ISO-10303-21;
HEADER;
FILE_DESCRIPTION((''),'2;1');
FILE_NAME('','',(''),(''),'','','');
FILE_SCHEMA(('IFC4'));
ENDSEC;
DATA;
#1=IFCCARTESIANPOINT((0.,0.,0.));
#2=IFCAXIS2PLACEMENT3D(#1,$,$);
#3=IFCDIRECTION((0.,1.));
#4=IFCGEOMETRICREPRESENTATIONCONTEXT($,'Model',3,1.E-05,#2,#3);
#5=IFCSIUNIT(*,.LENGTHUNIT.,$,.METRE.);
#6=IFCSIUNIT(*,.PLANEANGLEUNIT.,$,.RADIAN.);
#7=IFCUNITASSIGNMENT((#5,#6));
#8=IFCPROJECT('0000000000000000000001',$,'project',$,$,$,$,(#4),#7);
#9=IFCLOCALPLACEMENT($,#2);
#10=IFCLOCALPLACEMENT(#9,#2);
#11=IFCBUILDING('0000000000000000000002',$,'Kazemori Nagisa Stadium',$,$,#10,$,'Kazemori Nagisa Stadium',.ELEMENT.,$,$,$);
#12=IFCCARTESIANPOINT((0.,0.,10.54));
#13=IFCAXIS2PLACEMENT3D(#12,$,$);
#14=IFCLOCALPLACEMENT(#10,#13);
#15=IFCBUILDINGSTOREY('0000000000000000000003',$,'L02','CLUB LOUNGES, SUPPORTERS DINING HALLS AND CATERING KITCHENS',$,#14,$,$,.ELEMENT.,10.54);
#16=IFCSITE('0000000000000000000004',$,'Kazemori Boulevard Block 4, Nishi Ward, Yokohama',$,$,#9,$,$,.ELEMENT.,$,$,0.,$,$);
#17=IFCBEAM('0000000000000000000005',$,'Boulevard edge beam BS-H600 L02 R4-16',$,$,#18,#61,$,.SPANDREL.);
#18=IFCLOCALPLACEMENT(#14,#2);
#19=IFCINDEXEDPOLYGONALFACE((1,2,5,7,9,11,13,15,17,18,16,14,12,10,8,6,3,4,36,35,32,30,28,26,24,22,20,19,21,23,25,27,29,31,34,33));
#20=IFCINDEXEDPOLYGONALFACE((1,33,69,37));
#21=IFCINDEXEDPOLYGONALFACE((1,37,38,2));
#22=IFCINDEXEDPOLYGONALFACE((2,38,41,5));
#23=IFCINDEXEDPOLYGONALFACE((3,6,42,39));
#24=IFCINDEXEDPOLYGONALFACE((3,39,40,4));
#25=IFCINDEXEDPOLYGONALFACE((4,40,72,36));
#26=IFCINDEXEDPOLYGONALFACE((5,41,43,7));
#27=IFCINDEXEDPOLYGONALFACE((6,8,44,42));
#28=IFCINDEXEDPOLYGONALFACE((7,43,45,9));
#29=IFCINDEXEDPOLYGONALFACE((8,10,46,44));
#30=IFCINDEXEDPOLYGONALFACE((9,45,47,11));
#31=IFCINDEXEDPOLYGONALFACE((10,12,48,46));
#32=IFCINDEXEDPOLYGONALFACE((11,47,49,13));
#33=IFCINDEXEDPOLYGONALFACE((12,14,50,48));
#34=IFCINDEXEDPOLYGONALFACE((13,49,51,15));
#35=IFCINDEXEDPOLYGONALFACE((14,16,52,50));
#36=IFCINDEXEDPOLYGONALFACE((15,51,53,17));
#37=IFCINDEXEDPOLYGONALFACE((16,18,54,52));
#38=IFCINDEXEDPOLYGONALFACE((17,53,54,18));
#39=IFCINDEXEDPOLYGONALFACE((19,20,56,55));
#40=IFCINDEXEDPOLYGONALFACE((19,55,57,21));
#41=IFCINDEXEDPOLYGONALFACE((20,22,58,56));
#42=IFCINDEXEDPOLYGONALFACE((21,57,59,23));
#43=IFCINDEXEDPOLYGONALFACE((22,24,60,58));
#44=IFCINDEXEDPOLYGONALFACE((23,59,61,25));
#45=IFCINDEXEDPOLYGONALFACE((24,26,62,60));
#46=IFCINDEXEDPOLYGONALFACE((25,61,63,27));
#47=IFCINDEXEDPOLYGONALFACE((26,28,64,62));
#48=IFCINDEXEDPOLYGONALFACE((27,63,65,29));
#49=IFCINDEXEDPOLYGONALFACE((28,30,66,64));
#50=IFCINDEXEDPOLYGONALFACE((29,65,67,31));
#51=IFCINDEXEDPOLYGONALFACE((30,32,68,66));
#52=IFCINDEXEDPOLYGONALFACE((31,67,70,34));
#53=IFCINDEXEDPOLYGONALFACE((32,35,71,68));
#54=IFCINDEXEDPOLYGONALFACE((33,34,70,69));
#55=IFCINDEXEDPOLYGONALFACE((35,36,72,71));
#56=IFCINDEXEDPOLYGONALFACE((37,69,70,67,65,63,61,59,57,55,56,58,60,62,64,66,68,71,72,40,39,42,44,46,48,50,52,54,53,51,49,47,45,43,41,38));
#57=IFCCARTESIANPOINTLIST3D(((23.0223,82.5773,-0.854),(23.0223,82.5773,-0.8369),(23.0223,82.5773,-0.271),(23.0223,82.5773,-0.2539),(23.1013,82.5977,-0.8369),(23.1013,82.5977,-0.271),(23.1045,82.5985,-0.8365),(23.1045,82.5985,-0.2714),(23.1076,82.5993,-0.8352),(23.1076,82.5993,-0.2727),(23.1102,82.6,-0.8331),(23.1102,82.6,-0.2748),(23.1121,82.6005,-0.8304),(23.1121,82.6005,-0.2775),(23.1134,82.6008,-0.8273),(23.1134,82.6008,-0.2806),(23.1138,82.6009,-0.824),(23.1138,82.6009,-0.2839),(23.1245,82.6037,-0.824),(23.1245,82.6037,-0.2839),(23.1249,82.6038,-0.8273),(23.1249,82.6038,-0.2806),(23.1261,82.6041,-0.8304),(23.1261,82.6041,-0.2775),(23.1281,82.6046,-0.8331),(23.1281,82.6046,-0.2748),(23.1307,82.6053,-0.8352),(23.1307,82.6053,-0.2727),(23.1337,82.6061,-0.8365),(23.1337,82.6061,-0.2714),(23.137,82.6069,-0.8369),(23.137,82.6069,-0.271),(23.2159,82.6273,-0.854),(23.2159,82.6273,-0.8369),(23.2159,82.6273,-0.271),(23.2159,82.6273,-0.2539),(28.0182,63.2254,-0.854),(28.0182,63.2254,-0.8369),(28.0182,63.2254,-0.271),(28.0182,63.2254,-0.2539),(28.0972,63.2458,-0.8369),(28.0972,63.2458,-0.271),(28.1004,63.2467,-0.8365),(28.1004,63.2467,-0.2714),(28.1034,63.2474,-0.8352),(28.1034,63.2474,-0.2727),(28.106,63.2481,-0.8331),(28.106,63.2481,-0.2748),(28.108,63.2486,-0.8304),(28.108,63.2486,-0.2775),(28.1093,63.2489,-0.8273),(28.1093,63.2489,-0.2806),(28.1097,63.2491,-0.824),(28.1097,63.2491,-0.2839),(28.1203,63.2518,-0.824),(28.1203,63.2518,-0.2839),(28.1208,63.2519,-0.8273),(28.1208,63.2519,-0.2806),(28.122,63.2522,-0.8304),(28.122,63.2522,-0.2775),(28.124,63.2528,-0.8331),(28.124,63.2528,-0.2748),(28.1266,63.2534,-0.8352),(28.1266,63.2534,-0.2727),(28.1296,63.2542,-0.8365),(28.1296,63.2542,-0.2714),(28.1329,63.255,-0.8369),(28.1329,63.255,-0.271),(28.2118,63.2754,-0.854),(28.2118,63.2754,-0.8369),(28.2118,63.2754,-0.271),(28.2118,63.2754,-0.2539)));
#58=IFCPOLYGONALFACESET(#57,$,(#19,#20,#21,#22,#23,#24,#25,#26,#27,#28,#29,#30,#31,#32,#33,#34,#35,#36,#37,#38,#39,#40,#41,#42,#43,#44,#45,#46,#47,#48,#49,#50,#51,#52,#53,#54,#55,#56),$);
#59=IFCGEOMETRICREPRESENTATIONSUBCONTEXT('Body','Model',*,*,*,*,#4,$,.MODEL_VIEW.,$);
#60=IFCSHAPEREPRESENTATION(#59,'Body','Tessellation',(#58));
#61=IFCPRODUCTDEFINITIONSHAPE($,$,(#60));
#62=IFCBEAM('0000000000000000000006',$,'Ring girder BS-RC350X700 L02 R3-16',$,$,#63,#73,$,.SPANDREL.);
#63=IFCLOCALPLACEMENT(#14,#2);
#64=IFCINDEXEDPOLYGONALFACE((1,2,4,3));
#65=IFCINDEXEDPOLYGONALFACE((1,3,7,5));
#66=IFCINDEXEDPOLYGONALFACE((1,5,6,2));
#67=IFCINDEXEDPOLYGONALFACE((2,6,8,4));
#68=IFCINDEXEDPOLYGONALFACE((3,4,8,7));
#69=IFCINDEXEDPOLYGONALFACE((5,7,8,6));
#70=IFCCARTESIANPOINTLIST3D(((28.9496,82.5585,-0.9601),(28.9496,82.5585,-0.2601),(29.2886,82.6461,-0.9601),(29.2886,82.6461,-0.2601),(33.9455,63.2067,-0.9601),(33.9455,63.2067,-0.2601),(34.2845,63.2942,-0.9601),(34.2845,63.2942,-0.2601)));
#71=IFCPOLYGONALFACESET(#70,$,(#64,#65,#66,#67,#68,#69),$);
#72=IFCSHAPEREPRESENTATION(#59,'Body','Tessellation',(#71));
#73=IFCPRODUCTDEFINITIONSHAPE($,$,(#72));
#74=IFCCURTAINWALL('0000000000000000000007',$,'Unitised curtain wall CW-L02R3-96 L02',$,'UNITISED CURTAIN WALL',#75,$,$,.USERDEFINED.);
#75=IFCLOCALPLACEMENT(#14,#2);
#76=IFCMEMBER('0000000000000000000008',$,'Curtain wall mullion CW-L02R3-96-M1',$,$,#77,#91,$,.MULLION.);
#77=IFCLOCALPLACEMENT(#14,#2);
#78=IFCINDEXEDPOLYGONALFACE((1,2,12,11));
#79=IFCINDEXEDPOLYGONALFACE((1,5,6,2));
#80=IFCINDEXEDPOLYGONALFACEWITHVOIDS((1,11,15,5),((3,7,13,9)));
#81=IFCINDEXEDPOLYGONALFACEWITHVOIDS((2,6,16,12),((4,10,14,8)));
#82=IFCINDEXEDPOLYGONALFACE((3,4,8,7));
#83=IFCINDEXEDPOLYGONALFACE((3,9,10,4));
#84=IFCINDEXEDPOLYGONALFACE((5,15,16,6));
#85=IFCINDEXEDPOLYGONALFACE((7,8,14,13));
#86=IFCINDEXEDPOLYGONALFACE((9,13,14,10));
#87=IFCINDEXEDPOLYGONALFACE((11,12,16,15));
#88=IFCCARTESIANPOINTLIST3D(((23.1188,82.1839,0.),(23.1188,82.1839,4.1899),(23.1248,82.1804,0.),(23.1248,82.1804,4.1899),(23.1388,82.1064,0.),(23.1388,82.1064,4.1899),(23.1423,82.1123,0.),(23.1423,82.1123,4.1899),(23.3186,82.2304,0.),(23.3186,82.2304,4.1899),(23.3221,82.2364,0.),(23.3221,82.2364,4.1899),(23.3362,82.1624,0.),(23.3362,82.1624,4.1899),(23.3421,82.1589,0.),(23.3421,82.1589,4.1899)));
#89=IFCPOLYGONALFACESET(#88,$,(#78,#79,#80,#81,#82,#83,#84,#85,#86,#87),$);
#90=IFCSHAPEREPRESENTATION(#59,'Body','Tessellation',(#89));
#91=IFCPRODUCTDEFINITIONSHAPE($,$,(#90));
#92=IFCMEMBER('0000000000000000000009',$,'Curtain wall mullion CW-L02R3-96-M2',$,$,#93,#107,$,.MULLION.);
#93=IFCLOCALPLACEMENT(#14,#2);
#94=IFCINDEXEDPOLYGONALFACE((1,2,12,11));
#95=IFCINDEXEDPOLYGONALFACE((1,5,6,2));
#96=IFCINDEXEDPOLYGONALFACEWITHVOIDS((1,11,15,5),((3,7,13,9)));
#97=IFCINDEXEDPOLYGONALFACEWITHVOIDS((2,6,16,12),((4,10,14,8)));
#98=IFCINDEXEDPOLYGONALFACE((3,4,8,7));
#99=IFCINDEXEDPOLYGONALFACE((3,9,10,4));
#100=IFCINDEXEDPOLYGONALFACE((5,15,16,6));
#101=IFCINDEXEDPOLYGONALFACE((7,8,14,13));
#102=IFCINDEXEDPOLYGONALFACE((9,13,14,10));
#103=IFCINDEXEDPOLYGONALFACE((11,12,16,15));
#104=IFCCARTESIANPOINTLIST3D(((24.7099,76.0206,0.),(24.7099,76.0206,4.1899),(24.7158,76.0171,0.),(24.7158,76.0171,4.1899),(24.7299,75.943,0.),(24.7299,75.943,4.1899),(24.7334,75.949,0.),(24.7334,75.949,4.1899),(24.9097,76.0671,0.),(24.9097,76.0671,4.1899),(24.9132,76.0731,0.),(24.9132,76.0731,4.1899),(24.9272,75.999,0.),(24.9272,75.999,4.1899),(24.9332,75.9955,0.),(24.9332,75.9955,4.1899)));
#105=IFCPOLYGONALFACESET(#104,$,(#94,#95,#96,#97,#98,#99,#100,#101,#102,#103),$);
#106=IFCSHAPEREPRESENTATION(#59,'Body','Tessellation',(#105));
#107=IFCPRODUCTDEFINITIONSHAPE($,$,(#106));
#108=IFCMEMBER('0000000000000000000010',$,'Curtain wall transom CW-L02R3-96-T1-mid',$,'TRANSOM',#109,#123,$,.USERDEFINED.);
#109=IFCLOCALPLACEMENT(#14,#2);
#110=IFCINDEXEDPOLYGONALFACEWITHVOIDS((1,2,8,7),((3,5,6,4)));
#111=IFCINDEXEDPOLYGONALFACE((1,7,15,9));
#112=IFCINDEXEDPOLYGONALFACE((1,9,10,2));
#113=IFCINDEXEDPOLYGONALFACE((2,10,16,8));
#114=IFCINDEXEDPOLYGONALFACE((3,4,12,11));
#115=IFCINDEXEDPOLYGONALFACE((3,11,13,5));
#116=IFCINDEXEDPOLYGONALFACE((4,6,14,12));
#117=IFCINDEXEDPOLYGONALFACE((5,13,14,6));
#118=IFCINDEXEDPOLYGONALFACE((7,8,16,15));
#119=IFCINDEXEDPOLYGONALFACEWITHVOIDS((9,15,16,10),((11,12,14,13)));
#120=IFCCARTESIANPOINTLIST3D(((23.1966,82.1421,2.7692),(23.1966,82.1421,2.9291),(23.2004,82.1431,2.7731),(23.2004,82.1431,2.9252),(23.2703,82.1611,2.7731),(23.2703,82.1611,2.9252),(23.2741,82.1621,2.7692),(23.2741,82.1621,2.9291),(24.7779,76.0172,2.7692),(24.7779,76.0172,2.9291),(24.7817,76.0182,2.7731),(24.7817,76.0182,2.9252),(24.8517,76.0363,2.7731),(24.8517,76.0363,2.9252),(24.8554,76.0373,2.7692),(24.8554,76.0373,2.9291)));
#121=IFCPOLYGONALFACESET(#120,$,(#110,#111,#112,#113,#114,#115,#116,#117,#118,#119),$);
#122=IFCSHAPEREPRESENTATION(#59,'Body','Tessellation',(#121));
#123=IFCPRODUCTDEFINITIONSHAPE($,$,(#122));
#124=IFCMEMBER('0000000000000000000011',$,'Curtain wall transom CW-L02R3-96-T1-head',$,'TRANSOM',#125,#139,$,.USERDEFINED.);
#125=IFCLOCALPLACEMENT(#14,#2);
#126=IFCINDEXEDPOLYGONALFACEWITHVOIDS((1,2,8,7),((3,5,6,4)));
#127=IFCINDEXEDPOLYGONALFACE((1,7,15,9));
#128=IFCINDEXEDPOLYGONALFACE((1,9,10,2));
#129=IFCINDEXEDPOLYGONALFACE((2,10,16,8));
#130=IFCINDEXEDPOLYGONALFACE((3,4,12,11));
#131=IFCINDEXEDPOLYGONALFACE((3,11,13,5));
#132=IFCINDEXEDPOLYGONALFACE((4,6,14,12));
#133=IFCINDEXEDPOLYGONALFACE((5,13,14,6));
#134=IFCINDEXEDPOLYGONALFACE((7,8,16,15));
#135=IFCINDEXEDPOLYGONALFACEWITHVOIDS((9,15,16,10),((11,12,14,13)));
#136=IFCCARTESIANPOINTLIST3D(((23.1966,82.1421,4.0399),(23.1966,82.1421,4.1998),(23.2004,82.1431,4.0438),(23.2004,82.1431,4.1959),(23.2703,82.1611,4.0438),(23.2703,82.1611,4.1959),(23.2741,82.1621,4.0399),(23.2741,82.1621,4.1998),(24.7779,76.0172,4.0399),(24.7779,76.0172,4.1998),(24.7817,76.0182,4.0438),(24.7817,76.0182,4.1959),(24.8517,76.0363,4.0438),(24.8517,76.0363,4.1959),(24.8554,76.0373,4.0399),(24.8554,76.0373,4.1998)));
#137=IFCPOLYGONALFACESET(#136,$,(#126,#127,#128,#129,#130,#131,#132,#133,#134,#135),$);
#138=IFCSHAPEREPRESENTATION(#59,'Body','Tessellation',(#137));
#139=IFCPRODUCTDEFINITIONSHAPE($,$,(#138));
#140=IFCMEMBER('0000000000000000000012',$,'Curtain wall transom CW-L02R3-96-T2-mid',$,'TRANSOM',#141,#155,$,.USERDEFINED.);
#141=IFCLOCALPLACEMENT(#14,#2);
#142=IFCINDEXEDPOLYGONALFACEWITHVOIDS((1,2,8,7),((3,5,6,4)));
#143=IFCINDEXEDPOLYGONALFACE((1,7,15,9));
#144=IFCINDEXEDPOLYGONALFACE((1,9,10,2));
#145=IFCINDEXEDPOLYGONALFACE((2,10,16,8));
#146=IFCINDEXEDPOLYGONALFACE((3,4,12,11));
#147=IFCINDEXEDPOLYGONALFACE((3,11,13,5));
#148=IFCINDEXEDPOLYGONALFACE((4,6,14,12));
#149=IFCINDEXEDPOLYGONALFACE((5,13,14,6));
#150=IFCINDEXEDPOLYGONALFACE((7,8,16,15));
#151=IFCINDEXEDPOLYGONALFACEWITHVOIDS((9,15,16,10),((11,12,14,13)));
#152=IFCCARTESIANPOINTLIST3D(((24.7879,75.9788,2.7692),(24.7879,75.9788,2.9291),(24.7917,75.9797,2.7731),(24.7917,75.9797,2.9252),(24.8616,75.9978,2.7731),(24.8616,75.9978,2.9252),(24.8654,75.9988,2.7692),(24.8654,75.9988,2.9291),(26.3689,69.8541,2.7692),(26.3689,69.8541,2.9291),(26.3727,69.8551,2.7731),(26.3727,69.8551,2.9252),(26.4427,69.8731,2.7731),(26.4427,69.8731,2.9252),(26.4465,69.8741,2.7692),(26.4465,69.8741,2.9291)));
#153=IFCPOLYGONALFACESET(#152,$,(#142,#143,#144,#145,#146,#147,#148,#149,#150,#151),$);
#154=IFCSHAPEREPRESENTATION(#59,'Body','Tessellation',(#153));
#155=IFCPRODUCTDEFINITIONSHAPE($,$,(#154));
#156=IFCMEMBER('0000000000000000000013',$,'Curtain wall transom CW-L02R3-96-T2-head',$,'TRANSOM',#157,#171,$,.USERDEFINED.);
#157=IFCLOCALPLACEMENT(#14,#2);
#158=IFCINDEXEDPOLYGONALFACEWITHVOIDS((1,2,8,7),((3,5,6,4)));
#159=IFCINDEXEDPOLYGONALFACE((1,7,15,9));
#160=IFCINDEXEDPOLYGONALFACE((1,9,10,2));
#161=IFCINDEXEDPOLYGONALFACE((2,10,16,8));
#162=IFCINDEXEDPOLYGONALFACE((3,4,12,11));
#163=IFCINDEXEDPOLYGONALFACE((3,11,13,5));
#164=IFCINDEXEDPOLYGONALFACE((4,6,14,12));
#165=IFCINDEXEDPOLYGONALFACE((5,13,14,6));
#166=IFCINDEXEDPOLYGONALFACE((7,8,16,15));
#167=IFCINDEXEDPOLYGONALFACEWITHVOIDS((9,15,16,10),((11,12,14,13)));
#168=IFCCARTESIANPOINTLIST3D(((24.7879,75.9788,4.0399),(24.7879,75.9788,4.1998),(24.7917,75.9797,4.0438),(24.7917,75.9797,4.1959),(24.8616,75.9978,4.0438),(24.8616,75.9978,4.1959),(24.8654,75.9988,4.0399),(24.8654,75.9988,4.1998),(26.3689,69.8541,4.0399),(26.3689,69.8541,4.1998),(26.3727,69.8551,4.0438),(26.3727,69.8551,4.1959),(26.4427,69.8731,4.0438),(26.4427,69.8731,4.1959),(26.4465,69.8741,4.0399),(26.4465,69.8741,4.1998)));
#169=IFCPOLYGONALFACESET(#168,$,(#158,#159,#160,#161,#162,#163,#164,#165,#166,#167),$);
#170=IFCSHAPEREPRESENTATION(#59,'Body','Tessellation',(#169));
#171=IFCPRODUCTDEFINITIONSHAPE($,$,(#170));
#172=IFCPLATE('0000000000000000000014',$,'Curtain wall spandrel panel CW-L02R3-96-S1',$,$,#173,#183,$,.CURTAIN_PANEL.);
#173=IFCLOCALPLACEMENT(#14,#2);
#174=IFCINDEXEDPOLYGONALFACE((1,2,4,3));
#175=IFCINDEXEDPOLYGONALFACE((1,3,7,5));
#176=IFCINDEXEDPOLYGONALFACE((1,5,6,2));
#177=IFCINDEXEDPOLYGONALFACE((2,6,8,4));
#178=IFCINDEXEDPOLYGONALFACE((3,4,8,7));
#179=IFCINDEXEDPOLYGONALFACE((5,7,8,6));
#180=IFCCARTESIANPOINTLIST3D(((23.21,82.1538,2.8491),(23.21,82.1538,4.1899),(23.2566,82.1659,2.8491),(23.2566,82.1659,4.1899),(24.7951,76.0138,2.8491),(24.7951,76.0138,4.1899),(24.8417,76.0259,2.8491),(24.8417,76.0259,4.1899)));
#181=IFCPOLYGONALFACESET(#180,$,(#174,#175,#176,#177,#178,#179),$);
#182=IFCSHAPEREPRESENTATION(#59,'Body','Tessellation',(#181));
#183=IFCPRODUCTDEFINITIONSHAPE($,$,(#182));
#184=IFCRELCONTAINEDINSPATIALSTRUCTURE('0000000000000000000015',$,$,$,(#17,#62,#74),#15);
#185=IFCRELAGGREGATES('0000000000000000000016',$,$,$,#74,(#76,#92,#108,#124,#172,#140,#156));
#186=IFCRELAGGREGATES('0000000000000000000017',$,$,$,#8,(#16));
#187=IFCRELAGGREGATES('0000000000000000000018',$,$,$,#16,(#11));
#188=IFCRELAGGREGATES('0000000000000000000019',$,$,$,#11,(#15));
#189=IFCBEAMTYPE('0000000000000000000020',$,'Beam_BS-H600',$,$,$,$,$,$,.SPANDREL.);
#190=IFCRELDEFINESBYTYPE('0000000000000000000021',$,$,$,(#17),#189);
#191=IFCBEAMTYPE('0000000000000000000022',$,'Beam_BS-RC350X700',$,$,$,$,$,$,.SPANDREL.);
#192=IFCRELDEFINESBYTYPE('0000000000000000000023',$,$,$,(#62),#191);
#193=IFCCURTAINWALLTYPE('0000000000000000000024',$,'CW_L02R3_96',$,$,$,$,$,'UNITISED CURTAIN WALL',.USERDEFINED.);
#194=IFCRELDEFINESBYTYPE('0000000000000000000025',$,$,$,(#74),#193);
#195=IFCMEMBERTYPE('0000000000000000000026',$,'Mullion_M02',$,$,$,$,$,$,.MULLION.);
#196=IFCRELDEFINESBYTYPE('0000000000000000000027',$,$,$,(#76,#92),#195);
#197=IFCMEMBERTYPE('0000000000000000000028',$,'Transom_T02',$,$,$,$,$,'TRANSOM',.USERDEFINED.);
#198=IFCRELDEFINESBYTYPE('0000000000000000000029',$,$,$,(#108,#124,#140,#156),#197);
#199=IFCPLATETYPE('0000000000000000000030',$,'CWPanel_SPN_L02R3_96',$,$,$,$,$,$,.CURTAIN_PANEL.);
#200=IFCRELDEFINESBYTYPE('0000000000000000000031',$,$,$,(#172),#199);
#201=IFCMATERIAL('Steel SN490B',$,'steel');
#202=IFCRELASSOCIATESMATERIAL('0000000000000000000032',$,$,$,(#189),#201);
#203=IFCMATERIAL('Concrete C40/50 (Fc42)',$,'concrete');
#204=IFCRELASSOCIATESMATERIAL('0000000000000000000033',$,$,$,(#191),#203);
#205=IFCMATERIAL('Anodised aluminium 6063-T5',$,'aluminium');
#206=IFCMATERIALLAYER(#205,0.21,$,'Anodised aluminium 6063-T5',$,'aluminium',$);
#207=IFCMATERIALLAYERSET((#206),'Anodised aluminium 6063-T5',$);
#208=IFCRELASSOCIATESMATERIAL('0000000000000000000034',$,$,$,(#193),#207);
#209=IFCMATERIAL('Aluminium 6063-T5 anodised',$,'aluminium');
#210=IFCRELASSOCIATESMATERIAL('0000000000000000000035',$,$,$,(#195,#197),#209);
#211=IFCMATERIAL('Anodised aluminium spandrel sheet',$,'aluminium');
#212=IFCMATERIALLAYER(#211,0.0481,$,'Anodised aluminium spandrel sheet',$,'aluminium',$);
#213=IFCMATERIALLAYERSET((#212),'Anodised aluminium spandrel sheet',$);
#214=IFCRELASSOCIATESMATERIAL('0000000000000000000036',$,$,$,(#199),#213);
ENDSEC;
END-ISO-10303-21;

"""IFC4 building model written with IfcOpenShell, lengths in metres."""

from ifc_helpers import new_model, si_unit, direction, frame, origin, origin_2d, place, context, subcontext, project, spatial, rectangle, hollow_rectangle, i_section, extrude, material, layer, layer_set, material_profile, profile_set, type_object, element, aggregate, save


model = new_model("IFC4")

# Units and contexts
model_context = context("Model", 3, precision=1e-05, world=origin(), true_north=direction((0.0, 1.0)))
body_context = subcontext(model_context, "Body", "Model", "MODEL_VIEW")
ifc_project = project(units=[si_unit("LENGTHUNIT", "METRE"), si_unit("PLANEANGLEUNIT", "RADIAN")], contexts=[model_context])

# Site, building, storey
site_placement = place(None, origin())
site = spatial("IfcSite", under=ifc_project, at=site_placement, Name="Kazemori Boulevard Block 4, Nishi Ward, Yokohama", CompositionType="ELEMENT", RefElevation=0.0)
building_placement = place(site_placement, origin())
building = spatial("IfcBuilding", under=site, at=building_placement, Name="Kazemori Nagisa Stadium", LongName="Kazemori Nagisa Stadium", CompositionType="ELEMENT")
storey_placement = place(building_placement, frame((0.0, 0.0, 10.54)))
storey = spatial("IfcBuildingStorey", under=building, at=storey_placement, Name="L02", Description="CLUB LOUNGES, SUPPORTERS DINING HALLS AND CATERING KITCHENS", CompositionType="ELEMENT", Elevation=10.54)

# Shared definitions
ifc_material_1 = material(Name="Concrete C40/50 (Fc42)", Category="concrete")

# Beams
ifc_material_2 = material(Name="Steel SN490B", Category="steel")
ifc_material_profile_1 = material_profile(ifc_material_2, i_section(OverallWidth=0.2, OverallDepth=0.6001, WebThickness=0.011, FlangeThickness=0.0171, FilletRadius=0.0129, at=origin_2d()), Name="H-600x200x11x17")
ifc_profile_set_1 = profile_set([ifc_material_profile_1], Name="Steel SN490B")
beam_type_1 = type_object("IfcBeamType", Name="Beam_BS-H600", PredefinedType="SPANDREL", material=ifc_profile_set_1)
beam_1_placement = place(storey_placement, frame((23.1191, 82.6023, -0.554), z_axis=(0.249964, -0.968255, 0.0), x_axis=(0.968255, 0.249964, 0.0)))
element("IfcBeam", 1, at=beam_1_placement, inside=storey, type_object=beam_type_1, Name="Boulevard edge beam BS-H600 L02 R4-16", PredefinedType="SPANDREL", context=body_context, shape_type="SweptSolid", body=[
    extrude(i_section(OverallWidth=0.2, OverallDepth=0.6001, WebThickness=0.011, FlangeThickness=0.0171, FilletRadius=0.0129, at=origin_2d()), origin(), (0.0, 0.0, 1.0), 19.9863),
])
ifc_material_profile_2 = material_profile(ifc_material_1, rectangle(XDim=0.3501, YDim=0.7, at=origin_2d()), Name="RC-SP-350x700")
ifc_profile_set_2 = profile_set([ifc_material_profile_2], Name="Concrete C40/50 (Fc42)")
beam_type_2 = type_object("IfcBeamType", Name="Beam_BS-RC350X700", PredefinedType="SPANDREL", material=ifc_profile_set_2)
beam_2_placement = place(storey_placement, frame((29.1191, 82.6023, -0.6101), z_axis=(0.249964, -0.968255, 0.0), x_axis=(0.968255, 0.249964, 0.0)))
element("IfcBeam", 2, at=beam_2_placement, inside=storey, type_object=beam_type_2, Name="Ring girder BS-RC350X700 L02 R3-16", PredefinedType="SPANDREL", context=body_context, shape_type="SweptSolid", body=[
    extrude(rectangle(XDim=0.3501, YDim=0.7, at=origin_2d()), origin(), (0.0, 0.0, 1.0), 19.9863),
])

# Curtain wall, members, plate
ifc_material_3 = material(Name="Anodised aluminium 6063-T5", Category="aluminium")
ifc_layer_1 = layer(ifc_material_3, 0.21, Name="Anodised aluminium 6063-T5", Category="aluminium")
ifc_layer_set_1 = layer_set([ifc_layer_1], Name="Anodised aluminium 6063-T5")
curtain_wall_type = type_object("IfcCurtainWallType", Name="CW_L02R3_96", ElementType="UNITISED CURTAIN WALL", PredefinedType="USERDEFINED", material=ifc_layer_set_1)
curtain_wall_placement = place(storey_placement, origin())
curtain_wall = element("IfcCurtainWall", 3, at=curtain_wall_placement, inside=storey, type_object=curtain_wall_type, Name="Unitised curtain wall CW-L02R3-96 L02", ObjectType="UNITISED CURTAIN WALL", PredefinedType="USERDEFINED")
ifc_material_4 = material(Name="Aluminium 6063-T5 anodised", Category="aluminium")
ifc_material_profile_3 = material_profile(ifc_material_4, hollow_rectangle(XDim=0.0801, YDim=0.21, WallThickness=0.0049, at=origin_2d()), Name="ALU-MULL-80x210x5")
ifc_profile_set_3 = profile_set([ifc_material_profile_3], Name="Aluminium 6063-T5 anodised")
member_type_1 = type_object("IfcMemberType", Name="Mullion_M02", PredefinedType="MULLION", material=ifc_profile_set_3)
member_1_placement = place(storey_placement, frame((23.2305, 82.1714, 0.0), z_axis=(0.0, 0.0, 1.0), x_axis=(0.249965, -0.968255, 0.0)))
member_1 = element("IfcMember", 4, at=member_1_placement, type_object=member_type_1, Name="Curtain wall mullion CW-L02R3-96-M1", PredefinedType="MULLION", context=body_context, shape_type="SweptSolid", body=[
    extrude(hollow_rectangle(XDim=0.0801, YDim=0.21, WallThickness=0.0049, at=origin_2d()), origin(), (0.0, 0.0, 1.0), 4.1899),
])
member_2_placement = place(storey_placement, frame((24.8215, 76.0081, 0.0), z_axis=(0.0, 0.0, 1.0), x_axis=(0.249965, -0.968255, 0.0)))
member_2 = element("IfcMember", 5, at=member_2_placement, type_object=member_type_1, Name="Curtain wall mullion CW-L02R3-96-M2", PredefinedType="MULLION", context=body_context, shape_type="SweptSolid", body=[
    extrude(hollow_rectangle(XDim=0.0801, YDim=0.21, WallThickness=0.0049, at=origin_2d()), origin(), (0.0, 0.0, 1.0), 4.1899),
])
ifc_material_profile_4 = material_profile(ifc_material_4, hollow_rectangle(XDim=0.0801, YDim=0.1599, WallThickness=0.0039, at=origin_2d()), Name="ALU-TRAN-80x160x4")
ifc_profile_set_4 = profile_set([ifc_material_profile_4], Name="Aluminium 6063-T5 anodised")
member_type_2 = type_object("IfcMemberType", Name="Transom_T02", ElementType="TRANSOM", PredefinedType="USERDEFINED", material=ifc_profile_set_4)
member_3_placement = place(storey_placement, frame((23.2354, 82.1521, 2.8491), z_axis=(0.249984, -0.96825, 0.0), x_axis=(0.96825, 0.249984, 0.0)))
member_3 = element("IfcMember", 6, at=member_3_placement, type_object=member_type_2, Name="Curtain wall transom CW-L02R3-96-T1-mid", ObjectType="TRANSOM", PredefinedType="USERDEFINED", context=body_context, shape_type="SweptSolid", body=[
    extrude(hollow_rectangle(XDim=0.0801, YDim=0.1599, WallThickness=0.0039, at=origin_2d()), origin(), (0.0, 0.0, 1.0), 6.3257),
])
member_4_placement = place(storey_placement, frame((23.2354, 82.1521, 4.1199), z_axis=(0.249984, -0.96825, 0.0), x_axis=(0.96825, 0.249984, 0.0)))
member_4 = element("IfcMember", 7, at=member_4_placement, type_object=member_type_2, Name="Curtain wall transom CW-L02R3-96-T1-head", ObjectType="TRANSOM", PredefinedType="USERDEFINED", context=body_context, shape_type="SweptSolid", body=[
    extrude(hollow_rectangle(XDim=0.0801, YDim=0.1599, WallThickness=0.0039, at=origin_2d()), origin(), (0.0, 0.0, 1.0), 6.3257),
])
member_5_placement = place(storey_placement, frame((24.8267, 75.9888, 2.8491), z_axis=(0.249948, -0.968259, 0.0), x_axis=(0.968259, 0.249948, 0.0)))
member_5 = element("IfcMember", 8, at=member_5_placement, type_object=member_type_2, Name="Curtain wall transom CW-L02R3-96-T2-mid", ObjectType="TRANSOM", PredefinedType="USERDEFINED", context=body_context, shape_type="SweptSolid", body=[
    extrude(hollow_rectangle(XDim=0.0801, YDim=0.1599, WallThickness=0.0039, at=origin_2d()), origin(), (0.0, 0.0, 1.0), 6.3254),
])
member_6_placement = place(storey_placement, frame((24.8267, 75.9888, 4.1199), z_axis=(0.249948, -0.968259, 0.0), x_axis=(0.968259, 0.249948, 0.0)))
member_6 = element("IfcMember", 9, at=member_6_placement, type_object=member_type_2, Name="Curtain wall transom CW-L02R3-96-T2-head", ObjectType="TRANSOM", PredefinedType="USERDEFINED", context=body_context, shape_type="SweptSolid", body=[
    extrude(hollow_rectangle(XDim=0.0801, YDim=0.1599, WallThickness=0.0039, at=origin_2d()), origin(), (0.0, 0.0, 1.0), 6.3254),
])
ifc_material_5 = material(Name="Anodised aluminium spandrel sheet", Category="aluminium")
ifc_layer_2 = layer(ifc_material_5, 0.0481, Name="Anodised aluminium spandrel sheet", Category="aluminium")
ifc_layer_set_2 = layer_set([ifc_layer_2], Name="Anodised aluminium spandrel sheet")
plate_type_1 = type_object("IfcPlateType", Name="CWPanel_SPN_L02R3_96", PredefinedType="CURTAIN_PANEL", material=ifc_layer_set_2)
plate_1_placement = place(storey_placement, frame((24.0259, 79.0898, 2.8491), z_axis=(0.0, 0.0, 1.0), x_axis=(0.249965, -0.968255, 0.0)))
plate_1 = element("IfcPlate", 10, at=plate_1_placement, type_object=plate_type_1, Name="Curtain wall spandrel panel CW-L02R3-96-S1", PredefinedType="CURTAIN_PANEL", context=body_context, shape_type="SweptSolid", body=[
    extrude(rectangle(XDim=6.3413, YDim=0.0481, at=origin_2d()), origin(), (0.0, 0.0, 1.0), 1.3408),
])
aggregate(curtain_wall, [member_1, member_2, member_3, member_4, plate_1, member_5, member_6])

save(model, "model.ifc")
